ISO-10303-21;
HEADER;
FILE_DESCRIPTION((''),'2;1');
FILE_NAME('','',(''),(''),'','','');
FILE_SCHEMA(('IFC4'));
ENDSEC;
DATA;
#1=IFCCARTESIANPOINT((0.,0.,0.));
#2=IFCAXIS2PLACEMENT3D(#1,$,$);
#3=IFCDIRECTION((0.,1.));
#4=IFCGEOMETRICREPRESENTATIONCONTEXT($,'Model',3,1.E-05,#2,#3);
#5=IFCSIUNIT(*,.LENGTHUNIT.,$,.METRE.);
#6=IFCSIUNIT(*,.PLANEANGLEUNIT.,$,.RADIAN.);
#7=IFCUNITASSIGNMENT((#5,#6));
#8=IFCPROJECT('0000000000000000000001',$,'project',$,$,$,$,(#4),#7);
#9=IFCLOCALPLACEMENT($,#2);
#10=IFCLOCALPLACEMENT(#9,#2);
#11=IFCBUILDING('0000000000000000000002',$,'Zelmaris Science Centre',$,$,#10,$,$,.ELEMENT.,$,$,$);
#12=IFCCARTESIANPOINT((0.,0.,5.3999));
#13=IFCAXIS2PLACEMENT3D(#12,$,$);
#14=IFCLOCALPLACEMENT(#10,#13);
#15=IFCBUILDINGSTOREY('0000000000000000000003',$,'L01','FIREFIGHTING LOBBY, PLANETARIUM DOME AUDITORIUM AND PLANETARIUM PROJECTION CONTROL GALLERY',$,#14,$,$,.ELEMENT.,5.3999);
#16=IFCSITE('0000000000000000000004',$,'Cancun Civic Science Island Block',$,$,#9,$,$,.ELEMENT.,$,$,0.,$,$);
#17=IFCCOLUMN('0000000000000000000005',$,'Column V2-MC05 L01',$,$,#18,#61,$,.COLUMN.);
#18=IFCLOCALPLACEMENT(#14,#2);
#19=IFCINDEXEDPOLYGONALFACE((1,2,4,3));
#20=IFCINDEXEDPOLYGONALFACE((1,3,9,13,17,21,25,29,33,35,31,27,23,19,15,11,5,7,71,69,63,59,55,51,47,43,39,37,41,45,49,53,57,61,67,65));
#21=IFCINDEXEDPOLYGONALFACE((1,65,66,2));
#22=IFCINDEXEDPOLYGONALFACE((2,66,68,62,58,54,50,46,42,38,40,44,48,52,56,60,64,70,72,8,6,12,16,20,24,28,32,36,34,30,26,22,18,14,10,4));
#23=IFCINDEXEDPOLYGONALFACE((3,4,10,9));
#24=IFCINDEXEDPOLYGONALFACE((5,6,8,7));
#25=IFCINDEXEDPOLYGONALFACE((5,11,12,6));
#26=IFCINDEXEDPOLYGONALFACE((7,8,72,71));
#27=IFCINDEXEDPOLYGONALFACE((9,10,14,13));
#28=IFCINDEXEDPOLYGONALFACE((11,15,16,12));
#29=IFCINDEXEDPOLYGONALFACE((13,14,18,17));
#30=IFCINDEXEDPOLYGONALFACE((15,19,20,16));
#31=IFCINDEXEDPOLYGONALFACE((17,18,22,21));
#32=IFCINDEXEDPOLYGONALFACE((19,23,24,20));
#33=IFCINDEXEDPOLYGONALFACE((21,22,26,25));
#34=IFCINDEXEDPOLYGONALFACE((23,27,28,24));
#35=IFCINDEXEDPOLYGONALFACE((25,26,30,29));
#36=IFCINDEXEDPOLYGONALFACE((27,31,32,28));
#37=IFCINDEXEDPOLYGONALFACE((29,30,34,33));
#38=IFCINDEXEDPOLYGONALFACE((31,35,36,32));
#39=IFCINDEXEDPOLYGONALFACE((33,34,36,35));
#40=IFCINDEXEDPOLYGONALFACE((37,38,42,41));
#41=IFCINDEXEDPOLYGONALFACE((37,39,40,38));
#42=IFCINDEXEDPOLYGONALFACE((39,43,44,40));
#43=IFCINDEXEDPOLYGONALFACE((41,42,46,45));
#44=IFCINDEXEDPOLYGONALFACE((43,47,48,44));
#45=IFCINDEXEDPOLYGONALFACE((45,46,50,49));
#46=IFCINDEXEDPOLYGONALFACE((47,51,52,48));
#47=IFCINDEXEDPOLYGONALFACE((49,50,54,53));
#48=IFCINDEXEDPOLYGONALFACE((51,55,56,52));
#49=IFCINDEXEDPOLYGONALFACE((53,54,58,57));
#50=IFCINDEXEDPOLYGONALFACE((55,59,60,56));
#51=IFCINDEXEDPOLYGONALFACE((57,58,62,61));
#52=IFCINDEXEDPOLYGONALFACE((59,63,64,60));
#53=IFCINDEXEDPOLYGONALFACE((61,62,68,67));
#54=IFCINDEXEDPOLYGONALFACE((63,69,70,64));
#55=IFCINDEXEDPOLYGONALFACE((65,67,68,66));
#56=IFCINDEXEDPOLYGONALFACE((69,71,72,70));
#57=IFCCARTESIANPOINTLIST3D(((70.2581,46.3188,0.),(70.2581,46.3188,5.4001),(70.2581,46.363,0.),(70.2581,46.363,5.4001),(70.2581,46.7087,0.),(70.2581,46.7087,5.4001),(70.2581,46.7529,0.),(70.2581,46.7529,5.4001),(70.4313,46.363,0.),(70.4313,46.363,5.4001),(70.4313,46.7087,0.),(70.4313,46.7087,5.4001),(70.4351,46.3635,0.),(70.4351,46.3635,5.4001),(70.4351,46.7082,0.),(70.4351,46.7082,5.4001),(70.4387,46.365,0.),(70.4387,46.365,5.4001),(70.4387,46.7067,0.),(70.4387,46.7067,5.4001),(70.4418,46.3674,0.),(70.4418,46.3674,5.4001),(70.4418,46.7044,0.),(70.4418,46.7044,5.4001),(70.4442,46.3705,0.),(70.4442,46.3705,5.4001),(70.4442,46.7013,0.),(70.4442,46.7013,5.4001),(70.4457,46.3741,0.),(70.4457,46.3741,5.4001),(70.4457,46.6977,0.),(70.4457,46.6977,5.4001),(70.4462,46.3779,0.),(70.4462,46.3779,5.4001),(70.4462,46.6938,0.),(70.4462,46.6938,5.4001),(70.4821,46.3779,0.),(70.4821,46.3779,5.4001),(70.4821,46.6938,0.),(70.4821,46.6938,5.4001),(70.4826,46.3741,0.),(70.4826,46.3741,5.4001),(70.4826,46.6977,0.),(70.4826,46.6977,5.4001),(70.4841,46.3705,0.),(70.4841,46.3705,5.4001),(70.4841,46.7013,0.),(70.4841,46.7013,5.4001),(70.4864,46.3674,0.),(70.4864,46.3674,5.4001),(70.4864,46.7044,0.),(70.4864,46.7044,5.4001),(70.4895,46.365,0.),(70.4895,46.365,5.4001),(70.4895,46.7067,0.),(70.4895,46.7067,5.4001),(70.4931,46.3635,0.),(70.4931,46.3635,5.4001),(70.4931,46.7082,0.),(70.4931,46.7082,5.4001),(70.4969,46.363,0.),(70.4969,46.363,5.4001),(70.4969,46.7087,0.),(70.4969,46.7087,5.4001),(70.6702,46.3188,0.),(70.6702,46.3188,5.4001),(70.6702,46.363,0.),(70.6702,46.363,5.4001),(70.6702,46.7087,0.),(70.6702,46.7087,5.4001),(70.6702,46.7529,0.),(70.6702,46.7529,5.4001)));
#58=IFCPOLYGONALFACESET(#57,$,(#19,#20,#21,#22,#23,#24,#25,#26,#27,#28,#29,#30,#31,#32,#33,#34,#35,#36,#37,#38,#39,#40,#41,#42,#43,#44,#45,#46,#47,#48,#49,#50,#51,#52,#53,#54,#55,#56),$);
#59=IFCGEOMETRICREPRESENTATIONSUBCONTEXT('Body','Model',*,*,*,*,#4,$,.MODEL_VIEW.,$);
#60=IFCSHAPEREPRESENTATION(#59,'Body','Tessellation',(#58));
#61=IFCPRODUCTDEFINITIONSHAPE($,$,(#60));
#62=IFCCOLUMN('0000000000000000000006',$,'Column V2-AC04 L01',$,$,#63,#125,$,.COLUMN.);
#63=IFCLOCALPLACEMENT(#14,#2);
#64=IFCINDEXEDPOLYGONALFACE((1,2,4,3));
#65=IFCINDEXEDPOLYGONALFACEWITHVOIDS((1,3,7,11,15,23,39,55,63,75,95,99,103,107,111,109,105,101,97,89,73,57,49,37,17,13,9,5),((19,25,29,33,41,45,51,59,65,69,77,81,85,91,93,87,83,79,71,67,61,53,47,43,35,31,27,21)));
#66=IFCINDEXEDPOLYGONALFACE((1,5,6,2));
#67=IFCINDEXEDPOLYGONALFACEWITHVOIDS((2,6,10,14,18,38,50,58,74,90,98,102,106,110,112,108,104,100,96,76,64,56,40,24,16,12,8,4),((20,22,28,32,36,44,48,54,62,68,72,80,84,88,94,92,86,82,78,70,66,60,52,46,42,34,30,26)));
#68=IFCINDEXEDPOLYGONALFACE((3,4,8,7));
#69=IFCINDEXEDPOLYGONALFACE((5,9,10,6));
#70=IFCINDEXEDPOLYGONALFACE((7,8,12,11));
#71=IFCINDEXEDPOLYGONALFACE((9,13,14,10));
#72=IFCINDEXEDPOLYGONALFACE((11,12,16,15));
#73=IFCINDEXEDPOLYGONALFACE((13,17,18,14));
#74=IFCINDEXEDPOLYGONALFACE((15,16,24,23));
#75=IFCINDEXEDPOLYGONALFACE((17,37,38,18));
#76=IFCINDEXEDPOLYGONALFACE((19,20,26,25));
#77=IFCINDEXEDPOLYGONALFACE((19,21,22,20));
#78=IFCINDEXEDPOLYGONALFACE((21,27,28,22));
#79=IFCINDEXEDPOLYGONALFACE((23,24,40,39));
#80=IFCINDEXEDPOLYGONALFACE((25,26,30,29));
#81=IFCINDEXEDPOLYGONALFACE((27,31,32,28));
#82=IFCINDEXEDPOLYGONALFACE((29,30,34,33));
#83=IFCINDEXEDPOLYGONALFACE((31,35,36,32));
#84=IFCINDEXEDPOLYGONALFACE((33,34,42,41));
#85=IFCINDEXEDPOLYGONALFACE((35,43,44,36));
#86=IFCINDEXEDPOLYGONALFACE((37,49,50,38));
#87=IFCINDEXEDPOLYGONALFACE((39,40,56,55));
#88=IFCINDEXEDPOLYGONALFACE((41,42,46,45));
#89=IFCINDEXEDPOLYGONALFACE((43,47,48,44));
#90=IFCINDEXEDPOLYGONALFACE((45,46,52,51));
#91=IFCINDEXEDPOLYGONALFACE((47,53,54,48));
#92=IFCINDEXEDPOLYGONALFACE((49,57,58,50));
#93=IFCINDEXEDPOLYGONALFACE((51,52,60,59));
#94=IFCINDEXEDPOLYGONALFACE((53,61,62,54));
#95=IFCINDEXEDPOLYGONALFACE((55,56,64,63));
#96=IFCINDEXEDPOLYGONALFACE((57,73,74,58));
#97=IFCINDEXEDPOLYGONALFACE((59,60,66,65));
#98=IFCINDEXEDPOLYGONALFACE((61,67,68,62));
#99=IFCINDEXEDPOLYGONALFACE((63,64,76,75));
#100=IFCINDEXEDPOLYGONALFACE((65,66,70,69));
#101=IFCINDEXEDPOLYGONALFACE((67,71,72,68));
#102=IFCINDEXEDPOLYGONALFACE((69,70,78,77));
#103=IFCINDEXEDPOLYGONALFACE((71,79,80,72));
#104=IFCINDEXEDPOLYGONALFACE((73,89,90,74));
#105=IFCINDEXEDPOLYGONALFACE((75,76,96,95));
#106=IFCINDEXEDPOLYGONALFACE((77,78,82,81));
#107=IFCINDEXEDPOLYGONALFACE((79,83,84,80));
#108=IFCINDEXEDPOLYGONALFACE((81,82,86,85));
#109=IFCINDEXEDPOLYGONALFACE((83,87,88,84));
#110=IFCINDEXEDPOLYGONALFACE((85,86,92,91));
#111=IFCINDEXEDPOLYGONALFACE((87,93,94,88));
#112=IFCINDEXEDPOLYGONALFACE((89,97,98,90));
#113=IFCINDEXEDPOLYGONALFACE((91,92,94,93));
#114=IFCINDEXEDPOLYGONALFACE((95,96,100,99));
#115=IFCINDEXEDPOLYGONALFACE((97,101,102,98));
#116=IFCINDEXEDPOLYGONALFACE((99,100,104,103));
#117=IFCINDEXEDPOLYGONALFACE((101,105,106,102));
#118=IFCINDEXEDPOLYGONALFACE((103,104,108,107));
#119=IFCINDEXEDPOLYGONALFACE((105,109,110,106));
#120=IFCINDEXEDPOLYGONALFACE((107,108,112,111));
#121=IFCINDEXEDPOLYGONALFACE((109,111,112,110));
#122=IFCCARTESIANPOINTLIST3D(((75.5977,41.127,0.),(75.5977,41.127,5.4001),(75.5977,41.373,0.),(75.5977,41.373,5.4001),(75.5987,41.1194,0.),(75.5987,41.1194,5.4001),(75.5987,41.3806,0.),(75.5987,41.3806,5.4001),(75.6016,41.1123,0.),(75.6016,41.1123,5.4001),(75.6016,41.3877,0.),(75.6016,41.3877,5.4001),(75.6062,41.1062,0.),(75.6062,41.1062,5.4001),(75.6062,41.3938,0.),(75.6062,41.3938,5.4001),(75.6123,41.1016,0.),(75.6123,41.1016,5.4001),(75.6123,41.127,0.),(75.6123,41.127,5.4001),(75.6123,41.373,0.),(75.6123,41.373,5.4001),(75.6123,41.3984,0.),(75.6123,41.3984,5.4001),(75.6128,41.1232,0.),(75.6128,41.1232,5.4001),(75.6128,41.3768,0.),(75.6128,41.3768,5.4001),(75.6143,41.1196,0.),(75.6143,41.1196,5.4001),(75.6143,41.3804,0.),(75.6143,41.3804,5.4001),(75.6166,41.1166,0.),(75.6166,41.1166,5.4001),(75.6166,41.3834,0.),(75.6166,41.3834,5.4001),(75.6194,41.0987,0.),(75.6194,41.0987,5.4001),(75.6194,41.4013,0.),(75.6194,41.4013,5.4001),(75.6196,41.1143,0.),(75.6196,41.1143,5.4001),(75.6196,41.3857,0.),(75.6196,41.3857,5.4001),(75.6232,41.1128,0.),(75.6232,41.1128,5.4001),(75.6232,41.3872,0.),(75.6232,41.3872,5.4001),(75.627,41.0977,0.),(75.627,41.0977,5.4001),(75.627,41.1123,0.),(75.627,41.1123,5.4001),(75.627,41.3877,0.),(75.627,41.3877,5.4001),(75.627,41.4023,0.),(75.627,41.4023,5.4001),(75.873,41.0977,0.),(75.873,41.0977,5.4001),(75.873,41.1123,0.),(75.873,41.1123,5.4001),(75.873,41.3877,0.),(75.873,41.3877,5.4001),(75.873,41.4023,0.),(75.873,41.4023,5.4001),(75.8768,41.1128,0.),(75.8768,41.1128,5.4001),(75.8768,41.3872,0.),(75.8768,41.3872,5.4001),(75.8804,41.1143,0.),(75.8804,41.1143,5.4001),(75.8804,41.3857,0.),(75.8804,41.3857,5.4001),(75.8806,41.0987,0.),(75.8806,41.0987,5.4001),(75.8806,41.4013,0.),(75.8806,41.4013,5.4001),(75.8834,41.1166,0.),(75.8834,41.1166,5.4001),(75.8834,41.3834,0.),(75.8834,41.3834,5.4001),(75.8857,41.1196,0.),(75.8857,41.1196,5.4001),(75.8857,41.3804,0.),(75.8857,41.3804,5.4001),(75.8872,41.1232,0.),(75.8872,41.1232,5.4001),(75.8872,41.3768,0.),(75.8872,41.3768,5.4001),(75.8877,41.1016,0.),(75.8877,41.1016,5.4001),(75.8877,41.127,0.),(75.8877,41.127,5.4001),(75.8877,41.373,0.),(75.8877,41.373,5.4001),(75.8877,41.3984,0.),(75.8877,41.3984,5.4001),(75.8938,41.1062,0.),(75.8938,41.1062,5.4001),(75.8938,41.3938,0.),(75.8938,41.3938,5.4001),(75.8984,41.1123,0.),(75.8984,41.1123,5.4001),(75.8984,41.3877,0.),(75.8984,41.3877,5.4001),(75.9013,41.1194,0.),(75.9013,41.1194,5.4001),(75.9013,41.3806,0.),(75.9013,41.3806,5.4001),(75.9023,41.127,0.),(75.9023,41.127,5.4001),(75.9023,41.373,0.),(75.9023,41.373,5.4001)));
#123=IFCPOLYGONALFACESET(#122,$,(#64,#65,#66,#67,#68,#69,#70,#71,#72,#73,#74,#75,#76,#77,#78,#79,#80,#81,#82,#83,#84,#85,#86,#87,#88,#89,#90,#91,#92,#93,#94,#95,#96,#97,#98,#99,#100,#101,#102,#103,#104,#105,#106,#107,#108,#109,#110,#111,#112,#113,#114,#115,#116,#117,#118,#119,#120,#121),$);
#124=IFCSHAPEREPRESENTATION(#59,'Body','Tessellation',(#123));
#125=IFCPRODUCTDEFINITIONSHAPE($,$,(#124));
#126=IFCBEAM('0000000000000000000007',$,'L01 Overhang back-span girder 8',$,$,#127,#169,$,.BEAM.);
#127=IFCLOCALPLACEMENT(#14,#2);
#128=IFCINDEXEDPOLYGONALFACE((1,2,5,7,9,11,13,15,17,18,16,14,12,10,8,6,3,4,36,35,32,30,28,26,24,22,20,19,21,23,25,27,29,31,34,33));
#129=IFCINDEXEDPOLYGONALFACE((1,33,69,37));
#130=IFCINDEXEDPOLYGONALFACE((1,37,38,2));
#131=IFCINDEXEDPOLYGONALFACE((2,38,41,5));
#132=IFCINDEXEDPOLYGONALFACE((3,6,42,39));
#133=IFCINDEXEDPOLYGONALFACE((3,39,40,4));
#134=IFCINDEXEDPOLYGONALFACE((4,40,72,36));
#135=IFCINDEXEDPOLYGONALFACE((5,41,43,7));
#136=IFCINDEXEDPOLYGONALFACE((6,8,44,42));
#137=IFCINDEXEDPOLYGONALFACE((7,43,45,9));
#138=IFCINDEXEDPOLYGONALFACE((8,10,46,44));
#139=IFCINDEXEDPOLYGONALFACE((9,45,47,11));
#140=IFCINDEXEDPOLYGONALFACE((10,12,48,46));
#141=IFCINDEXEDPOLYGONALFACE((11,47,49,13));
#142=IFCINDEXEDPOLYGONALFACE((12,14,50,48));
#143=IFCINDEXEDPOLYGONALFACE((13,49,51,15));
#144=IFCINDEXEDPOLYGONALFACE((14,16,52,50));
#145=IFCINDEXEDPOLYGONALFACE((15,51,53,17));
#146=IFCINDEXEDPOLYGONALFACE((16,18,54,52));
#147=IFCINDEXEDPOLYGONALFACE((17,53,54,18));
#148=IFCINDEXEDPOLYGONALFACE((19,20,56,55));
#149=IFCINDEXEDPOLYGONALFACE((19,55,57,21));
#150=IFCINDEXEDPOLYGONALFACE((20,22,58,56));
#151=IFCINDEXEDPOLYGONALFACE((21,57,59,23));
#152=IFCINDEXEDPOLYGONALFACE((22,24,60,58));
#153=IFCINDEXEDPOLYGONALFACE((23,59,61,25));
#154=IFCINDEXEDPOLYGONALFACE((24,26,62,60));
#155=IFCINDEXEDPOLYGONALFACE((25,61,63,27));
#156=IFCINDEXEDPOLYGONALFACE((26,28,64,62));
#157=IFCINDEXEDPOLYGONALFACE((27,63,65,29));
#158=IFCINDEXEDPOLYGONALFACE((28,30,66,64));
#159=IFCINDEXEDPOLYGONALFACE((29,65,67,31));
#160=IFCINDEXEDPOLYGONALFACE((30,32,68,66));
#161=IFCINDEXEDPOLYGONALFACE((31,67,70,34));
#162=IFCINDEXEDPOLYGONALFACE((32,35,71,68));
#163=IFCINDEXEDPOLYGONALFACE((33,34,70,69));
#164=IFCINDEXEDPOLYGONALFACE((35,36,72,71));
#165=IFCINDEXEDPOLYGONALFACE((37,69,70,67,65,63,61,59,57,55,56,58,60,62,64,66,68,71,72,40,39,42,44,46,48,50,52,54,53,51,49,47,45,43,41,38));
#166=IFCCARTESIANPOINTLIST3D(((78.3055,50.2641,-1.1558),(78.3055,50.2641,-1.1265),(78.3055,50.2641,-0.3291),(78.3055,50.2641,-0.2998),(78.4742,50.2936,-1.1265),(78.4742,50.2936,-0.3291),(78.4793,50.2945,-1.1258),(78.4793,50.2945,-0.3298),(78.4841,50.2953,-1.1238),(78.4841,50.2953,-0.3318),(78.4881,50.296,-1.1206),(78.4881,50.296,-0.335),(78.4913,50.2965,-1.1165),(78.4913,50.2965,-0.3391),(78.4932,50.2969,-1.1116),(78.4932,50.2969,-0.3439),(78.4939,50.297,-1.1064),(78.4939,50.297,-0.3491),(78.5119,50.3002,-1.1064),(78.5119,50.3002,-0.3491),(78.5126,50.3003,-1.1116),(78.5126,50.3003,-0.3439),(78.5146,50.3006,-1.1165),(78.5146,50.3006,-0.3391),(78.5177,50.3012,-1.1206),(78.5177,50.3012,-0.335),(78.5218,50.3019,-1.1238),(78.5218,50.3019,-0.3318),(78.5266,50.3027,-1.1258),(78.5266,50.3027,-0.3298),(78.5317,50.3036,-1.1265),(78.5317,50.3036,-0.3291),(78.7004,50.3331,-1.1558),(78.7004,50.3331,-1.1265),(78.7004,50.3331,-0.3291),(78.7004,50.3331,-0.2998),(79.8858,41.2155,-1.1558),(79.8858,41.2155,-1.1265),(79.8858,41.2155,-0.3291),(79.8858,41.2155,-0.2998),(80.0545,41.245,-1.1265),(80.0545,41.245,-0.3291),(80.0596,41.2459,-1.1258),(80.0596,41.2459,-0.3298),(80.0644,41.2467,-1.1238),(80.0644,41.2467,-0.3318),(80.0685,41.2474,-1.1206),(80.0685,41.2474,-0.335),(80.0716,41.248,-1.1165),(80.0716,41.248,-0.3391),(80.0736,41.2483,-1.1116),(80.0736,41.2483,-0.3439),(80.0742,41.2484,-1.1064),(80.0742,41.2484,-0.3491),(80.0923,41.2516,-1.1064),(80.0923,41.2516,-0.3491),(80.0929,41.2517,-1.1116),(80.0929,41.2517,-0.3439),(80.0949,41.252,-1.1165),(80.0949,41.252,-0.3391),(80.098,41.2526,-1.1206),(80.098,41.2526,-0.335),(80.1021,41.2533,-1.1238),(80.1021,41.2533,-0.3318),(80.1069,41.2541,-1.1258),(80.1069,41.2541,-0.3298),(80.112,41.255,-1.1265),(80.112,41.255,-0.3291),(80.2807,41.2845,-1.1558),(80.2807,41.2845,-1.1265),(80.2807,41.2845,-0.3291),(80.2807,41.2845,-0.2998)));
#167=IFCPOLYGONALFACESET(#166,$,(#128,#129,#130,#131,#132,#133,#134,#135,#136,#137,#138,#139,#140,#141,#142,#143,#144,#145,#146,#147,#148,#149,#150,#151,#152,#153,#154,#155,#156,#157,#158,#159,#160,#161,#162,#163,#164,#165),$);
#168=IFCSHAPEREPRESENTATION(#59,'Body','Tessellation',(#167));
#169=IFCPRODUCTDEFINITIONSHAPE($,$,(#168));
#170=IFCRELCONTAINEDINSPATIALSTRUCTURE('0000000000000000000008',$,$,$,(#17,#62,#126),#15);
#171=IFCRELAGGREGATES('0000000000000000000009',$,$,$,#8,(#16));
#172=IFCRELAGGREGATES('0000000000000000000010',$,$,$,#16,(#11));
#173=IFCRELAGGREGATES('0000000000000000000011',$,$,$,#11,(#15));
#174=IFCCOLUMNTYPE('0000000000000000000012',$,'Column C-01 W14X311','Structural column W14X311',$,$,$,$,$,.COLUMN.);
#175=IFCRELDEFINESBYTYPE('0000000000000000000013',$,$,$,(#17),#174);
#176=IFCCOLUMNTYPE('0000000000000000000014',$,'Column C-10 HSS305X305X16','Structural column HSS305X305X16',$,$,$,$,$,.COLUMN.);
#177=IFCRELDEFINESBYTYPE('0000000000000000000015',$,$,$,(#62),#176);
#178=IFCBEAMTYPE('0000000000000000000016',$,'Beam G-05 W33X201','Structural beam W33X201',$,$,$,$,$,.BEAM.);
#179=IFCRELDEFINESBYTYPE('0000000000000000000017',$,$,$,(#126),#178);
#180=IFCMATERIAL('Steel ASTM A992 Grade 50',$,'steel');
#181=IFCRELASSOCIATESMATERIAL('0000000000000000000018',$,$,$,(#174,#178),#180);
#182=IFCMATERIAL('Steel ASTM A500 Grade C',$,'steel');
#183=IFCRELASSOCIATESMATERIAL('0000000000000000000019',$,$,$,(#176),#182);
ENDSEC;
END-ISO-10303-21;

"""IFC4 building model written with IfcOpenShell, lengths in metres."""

from ifc_helpers import new_model, si_unit, direction, frame, origin, origin_2d, place, context, subcontext, project, spatial, hollow_rectangle, i_section, extrude, material, material_profile, profile_set, type_object, element, save


model = new_model("IFC4")

# Units and contexts
model_context = context("Model", 3, precision=1e-05, world=origin(), true_north=direction((0.0, 1.0)))
body_context = subcontext(model_context, "Body", "Model", "MODEL_VIEW")
ifc_project = project(units=[si_unit("LENGTHUNIT", "METRE"), si_unit("PLANEANGLEUNIT", "RADIAN")], contexts=[model_context])

# Site, building, storey
site_placement = place(None, origin())
site = spatial("IfcSite", under=ifc_project, at=site_placement, Name="Cancun Civic Science Island Block", CompositionType="ELEMENT", RefElevation=0.0)
building_placement = place(site_placement, origin())
building = spatial("IfcBuilding", under=site, at=building_placement, Name="Zelmaris Science Centre", CompositionType="ELEMENT")
storey_placement = place(building_placement, frame((0.0, 0.0, 5.3999)))
storey = spatial("IfcBuildingStorey", under=building, at=storey_placement, Name="L01", Description="FIREFIGHTING LOBBY, PLANETARIUM DOME AUDITORIUM AND PLANETARIUM PROJECTION CONTROL GALLERY", CompositionType="ELEMENT", Elevation=5.3999)

# Columns
ifc_material_1 = material(Name="Steel ASTM A992 Grade 50", Category="steel")
ifc_material_profile_1 = material_profile(ifc_material_1, i_section(OverallWidth=0.4121, OverallDepth=0.4341, WebThickness=0.0359, FlangeThickness=0.0442, FilletRadius=0.0149, at=origin_2d()), Name="W14X311")
ifc_profile_set_1 = profile_set([ifc_material_profile_1], Name="Steel ASTM A992 Grade 50")
column_type_1 = type_object("IfcColumnType", Name="Column C-01 W14X311", Description="Structural column W14X311", PredefinedType="COLUMN", material=ifc_profile_set_1)
column_1_placement = place(storey_placement, frame((70.4641, 46.5359, 0.0), z_axis=(0.0, 0.0, 1.0), x_axis=(1.0, 0.0, 0.0)))
element("IfcColumn", 1, at=column_1_placement, inside=storey, type_object=column_type_1, Name="Column V2-MC05 L01", PredefinedType="COLUMN", context=body_context, shape_type="SweptSolid", body=[
    extrude(i_section(OverallWidth=0.4121, OverallDepth=0.4341, WebThickness=0.0359, FlangeThickness=0.0442, FilletRadius=0.0149, at=origin_2d()), origin(), (0.0, 0.0, 1.0), 5.4001),
])
ifc_material_2 = material(Name="Steel ASTM A500 Grade C", Category="steel")
ifc_material_profile_2 = material_profile(ifc_material_2, hollow_rectangle(XDim=0.3047, YDim=0.3047, WallThickness=0.0146, InnerFilletRadius=0.0146, OuterFilletRadius=0.0293, at=origin_2d()), Name="HSS305X305X16")
ifc_profile_set_2 = profile_set([ifc_material_profile_2], Name="Steel ASTM A500 Grade C")
column_type_2 = type_object("IfcColumnType", Name="Column C-10 HSS305X305X16", Description="Structural column HSS305X305X16", PredefinedType="COLUMN", material=ifc_profile_set_2)
column_2_placement = place(storey_placement, frame((75.75, 41.25, 0.0), z_axis=(0.0, 0.0, 1.0), x_axis=(1.0, 0.0, 0.0)))
element("IfcColumn", 2, at=column_2_placement, inside=storey, type_object=column_type_2, Name="Column V2-AC04 L01", PredefinedType="COLUMN", context=body_context, shape_type="SweptSolid", body=[
    extrude(hollow_rectangle(XDim=0.3047, YDim=0.3047, WallThickness=0.0146, InnerFilletRadius=0.0146, OuterFilletRadius=0.0293, at=origin_2d()), origin(), (0.0, 0.0, 1.0), 5.4001),
])

# Beam
ifc_material_profile_3 = material_profile(ifc_material_1, i_section(OverallWidth=0.4009, OverallDepth=0.856, WebThickness=0.0183, FlangeThickness=0.0293, FilletRadius=0.02, at=origin_2d()), Name="W33X201")
ifc_profile_set_3 = profile_set([ifc_material_profile_3], Name="Steel ASTM A992 Grade 50")
beam_type_1 = type_object("IfcBeamType", Name="Beam G-05 W33X201", Description="Structural beam W33X201", PredefinedType="BEAM", material=ifc_profile_set_3)
beam_1_placement = place(storey_placement, frame((80.0833, 41.25, -0.7278), z_axis=(-0.172044, 0.985089, 0.0), x_axis=(-0.985089, -0.172044, 0.0)))
element("IfcBeam", 3, at=beam_1_placement, inside=storey, type_object=beam_type_1, Name="L01 Overhang back-span girder 8", PredefinedType="BEAM", context=body_context, shape_type="SweptSolid", body=[
    extrude(i_section(OverallWidth=0.4009, OverallDepth=0.856, WebThickness=0.0183, FlangeThickness=0.0293, FilletRadius=0.02, at=origin_2d()), origin(), (0.0, 0.0, 1.0), 9.1855),
])

save(model, "model.ifc")
